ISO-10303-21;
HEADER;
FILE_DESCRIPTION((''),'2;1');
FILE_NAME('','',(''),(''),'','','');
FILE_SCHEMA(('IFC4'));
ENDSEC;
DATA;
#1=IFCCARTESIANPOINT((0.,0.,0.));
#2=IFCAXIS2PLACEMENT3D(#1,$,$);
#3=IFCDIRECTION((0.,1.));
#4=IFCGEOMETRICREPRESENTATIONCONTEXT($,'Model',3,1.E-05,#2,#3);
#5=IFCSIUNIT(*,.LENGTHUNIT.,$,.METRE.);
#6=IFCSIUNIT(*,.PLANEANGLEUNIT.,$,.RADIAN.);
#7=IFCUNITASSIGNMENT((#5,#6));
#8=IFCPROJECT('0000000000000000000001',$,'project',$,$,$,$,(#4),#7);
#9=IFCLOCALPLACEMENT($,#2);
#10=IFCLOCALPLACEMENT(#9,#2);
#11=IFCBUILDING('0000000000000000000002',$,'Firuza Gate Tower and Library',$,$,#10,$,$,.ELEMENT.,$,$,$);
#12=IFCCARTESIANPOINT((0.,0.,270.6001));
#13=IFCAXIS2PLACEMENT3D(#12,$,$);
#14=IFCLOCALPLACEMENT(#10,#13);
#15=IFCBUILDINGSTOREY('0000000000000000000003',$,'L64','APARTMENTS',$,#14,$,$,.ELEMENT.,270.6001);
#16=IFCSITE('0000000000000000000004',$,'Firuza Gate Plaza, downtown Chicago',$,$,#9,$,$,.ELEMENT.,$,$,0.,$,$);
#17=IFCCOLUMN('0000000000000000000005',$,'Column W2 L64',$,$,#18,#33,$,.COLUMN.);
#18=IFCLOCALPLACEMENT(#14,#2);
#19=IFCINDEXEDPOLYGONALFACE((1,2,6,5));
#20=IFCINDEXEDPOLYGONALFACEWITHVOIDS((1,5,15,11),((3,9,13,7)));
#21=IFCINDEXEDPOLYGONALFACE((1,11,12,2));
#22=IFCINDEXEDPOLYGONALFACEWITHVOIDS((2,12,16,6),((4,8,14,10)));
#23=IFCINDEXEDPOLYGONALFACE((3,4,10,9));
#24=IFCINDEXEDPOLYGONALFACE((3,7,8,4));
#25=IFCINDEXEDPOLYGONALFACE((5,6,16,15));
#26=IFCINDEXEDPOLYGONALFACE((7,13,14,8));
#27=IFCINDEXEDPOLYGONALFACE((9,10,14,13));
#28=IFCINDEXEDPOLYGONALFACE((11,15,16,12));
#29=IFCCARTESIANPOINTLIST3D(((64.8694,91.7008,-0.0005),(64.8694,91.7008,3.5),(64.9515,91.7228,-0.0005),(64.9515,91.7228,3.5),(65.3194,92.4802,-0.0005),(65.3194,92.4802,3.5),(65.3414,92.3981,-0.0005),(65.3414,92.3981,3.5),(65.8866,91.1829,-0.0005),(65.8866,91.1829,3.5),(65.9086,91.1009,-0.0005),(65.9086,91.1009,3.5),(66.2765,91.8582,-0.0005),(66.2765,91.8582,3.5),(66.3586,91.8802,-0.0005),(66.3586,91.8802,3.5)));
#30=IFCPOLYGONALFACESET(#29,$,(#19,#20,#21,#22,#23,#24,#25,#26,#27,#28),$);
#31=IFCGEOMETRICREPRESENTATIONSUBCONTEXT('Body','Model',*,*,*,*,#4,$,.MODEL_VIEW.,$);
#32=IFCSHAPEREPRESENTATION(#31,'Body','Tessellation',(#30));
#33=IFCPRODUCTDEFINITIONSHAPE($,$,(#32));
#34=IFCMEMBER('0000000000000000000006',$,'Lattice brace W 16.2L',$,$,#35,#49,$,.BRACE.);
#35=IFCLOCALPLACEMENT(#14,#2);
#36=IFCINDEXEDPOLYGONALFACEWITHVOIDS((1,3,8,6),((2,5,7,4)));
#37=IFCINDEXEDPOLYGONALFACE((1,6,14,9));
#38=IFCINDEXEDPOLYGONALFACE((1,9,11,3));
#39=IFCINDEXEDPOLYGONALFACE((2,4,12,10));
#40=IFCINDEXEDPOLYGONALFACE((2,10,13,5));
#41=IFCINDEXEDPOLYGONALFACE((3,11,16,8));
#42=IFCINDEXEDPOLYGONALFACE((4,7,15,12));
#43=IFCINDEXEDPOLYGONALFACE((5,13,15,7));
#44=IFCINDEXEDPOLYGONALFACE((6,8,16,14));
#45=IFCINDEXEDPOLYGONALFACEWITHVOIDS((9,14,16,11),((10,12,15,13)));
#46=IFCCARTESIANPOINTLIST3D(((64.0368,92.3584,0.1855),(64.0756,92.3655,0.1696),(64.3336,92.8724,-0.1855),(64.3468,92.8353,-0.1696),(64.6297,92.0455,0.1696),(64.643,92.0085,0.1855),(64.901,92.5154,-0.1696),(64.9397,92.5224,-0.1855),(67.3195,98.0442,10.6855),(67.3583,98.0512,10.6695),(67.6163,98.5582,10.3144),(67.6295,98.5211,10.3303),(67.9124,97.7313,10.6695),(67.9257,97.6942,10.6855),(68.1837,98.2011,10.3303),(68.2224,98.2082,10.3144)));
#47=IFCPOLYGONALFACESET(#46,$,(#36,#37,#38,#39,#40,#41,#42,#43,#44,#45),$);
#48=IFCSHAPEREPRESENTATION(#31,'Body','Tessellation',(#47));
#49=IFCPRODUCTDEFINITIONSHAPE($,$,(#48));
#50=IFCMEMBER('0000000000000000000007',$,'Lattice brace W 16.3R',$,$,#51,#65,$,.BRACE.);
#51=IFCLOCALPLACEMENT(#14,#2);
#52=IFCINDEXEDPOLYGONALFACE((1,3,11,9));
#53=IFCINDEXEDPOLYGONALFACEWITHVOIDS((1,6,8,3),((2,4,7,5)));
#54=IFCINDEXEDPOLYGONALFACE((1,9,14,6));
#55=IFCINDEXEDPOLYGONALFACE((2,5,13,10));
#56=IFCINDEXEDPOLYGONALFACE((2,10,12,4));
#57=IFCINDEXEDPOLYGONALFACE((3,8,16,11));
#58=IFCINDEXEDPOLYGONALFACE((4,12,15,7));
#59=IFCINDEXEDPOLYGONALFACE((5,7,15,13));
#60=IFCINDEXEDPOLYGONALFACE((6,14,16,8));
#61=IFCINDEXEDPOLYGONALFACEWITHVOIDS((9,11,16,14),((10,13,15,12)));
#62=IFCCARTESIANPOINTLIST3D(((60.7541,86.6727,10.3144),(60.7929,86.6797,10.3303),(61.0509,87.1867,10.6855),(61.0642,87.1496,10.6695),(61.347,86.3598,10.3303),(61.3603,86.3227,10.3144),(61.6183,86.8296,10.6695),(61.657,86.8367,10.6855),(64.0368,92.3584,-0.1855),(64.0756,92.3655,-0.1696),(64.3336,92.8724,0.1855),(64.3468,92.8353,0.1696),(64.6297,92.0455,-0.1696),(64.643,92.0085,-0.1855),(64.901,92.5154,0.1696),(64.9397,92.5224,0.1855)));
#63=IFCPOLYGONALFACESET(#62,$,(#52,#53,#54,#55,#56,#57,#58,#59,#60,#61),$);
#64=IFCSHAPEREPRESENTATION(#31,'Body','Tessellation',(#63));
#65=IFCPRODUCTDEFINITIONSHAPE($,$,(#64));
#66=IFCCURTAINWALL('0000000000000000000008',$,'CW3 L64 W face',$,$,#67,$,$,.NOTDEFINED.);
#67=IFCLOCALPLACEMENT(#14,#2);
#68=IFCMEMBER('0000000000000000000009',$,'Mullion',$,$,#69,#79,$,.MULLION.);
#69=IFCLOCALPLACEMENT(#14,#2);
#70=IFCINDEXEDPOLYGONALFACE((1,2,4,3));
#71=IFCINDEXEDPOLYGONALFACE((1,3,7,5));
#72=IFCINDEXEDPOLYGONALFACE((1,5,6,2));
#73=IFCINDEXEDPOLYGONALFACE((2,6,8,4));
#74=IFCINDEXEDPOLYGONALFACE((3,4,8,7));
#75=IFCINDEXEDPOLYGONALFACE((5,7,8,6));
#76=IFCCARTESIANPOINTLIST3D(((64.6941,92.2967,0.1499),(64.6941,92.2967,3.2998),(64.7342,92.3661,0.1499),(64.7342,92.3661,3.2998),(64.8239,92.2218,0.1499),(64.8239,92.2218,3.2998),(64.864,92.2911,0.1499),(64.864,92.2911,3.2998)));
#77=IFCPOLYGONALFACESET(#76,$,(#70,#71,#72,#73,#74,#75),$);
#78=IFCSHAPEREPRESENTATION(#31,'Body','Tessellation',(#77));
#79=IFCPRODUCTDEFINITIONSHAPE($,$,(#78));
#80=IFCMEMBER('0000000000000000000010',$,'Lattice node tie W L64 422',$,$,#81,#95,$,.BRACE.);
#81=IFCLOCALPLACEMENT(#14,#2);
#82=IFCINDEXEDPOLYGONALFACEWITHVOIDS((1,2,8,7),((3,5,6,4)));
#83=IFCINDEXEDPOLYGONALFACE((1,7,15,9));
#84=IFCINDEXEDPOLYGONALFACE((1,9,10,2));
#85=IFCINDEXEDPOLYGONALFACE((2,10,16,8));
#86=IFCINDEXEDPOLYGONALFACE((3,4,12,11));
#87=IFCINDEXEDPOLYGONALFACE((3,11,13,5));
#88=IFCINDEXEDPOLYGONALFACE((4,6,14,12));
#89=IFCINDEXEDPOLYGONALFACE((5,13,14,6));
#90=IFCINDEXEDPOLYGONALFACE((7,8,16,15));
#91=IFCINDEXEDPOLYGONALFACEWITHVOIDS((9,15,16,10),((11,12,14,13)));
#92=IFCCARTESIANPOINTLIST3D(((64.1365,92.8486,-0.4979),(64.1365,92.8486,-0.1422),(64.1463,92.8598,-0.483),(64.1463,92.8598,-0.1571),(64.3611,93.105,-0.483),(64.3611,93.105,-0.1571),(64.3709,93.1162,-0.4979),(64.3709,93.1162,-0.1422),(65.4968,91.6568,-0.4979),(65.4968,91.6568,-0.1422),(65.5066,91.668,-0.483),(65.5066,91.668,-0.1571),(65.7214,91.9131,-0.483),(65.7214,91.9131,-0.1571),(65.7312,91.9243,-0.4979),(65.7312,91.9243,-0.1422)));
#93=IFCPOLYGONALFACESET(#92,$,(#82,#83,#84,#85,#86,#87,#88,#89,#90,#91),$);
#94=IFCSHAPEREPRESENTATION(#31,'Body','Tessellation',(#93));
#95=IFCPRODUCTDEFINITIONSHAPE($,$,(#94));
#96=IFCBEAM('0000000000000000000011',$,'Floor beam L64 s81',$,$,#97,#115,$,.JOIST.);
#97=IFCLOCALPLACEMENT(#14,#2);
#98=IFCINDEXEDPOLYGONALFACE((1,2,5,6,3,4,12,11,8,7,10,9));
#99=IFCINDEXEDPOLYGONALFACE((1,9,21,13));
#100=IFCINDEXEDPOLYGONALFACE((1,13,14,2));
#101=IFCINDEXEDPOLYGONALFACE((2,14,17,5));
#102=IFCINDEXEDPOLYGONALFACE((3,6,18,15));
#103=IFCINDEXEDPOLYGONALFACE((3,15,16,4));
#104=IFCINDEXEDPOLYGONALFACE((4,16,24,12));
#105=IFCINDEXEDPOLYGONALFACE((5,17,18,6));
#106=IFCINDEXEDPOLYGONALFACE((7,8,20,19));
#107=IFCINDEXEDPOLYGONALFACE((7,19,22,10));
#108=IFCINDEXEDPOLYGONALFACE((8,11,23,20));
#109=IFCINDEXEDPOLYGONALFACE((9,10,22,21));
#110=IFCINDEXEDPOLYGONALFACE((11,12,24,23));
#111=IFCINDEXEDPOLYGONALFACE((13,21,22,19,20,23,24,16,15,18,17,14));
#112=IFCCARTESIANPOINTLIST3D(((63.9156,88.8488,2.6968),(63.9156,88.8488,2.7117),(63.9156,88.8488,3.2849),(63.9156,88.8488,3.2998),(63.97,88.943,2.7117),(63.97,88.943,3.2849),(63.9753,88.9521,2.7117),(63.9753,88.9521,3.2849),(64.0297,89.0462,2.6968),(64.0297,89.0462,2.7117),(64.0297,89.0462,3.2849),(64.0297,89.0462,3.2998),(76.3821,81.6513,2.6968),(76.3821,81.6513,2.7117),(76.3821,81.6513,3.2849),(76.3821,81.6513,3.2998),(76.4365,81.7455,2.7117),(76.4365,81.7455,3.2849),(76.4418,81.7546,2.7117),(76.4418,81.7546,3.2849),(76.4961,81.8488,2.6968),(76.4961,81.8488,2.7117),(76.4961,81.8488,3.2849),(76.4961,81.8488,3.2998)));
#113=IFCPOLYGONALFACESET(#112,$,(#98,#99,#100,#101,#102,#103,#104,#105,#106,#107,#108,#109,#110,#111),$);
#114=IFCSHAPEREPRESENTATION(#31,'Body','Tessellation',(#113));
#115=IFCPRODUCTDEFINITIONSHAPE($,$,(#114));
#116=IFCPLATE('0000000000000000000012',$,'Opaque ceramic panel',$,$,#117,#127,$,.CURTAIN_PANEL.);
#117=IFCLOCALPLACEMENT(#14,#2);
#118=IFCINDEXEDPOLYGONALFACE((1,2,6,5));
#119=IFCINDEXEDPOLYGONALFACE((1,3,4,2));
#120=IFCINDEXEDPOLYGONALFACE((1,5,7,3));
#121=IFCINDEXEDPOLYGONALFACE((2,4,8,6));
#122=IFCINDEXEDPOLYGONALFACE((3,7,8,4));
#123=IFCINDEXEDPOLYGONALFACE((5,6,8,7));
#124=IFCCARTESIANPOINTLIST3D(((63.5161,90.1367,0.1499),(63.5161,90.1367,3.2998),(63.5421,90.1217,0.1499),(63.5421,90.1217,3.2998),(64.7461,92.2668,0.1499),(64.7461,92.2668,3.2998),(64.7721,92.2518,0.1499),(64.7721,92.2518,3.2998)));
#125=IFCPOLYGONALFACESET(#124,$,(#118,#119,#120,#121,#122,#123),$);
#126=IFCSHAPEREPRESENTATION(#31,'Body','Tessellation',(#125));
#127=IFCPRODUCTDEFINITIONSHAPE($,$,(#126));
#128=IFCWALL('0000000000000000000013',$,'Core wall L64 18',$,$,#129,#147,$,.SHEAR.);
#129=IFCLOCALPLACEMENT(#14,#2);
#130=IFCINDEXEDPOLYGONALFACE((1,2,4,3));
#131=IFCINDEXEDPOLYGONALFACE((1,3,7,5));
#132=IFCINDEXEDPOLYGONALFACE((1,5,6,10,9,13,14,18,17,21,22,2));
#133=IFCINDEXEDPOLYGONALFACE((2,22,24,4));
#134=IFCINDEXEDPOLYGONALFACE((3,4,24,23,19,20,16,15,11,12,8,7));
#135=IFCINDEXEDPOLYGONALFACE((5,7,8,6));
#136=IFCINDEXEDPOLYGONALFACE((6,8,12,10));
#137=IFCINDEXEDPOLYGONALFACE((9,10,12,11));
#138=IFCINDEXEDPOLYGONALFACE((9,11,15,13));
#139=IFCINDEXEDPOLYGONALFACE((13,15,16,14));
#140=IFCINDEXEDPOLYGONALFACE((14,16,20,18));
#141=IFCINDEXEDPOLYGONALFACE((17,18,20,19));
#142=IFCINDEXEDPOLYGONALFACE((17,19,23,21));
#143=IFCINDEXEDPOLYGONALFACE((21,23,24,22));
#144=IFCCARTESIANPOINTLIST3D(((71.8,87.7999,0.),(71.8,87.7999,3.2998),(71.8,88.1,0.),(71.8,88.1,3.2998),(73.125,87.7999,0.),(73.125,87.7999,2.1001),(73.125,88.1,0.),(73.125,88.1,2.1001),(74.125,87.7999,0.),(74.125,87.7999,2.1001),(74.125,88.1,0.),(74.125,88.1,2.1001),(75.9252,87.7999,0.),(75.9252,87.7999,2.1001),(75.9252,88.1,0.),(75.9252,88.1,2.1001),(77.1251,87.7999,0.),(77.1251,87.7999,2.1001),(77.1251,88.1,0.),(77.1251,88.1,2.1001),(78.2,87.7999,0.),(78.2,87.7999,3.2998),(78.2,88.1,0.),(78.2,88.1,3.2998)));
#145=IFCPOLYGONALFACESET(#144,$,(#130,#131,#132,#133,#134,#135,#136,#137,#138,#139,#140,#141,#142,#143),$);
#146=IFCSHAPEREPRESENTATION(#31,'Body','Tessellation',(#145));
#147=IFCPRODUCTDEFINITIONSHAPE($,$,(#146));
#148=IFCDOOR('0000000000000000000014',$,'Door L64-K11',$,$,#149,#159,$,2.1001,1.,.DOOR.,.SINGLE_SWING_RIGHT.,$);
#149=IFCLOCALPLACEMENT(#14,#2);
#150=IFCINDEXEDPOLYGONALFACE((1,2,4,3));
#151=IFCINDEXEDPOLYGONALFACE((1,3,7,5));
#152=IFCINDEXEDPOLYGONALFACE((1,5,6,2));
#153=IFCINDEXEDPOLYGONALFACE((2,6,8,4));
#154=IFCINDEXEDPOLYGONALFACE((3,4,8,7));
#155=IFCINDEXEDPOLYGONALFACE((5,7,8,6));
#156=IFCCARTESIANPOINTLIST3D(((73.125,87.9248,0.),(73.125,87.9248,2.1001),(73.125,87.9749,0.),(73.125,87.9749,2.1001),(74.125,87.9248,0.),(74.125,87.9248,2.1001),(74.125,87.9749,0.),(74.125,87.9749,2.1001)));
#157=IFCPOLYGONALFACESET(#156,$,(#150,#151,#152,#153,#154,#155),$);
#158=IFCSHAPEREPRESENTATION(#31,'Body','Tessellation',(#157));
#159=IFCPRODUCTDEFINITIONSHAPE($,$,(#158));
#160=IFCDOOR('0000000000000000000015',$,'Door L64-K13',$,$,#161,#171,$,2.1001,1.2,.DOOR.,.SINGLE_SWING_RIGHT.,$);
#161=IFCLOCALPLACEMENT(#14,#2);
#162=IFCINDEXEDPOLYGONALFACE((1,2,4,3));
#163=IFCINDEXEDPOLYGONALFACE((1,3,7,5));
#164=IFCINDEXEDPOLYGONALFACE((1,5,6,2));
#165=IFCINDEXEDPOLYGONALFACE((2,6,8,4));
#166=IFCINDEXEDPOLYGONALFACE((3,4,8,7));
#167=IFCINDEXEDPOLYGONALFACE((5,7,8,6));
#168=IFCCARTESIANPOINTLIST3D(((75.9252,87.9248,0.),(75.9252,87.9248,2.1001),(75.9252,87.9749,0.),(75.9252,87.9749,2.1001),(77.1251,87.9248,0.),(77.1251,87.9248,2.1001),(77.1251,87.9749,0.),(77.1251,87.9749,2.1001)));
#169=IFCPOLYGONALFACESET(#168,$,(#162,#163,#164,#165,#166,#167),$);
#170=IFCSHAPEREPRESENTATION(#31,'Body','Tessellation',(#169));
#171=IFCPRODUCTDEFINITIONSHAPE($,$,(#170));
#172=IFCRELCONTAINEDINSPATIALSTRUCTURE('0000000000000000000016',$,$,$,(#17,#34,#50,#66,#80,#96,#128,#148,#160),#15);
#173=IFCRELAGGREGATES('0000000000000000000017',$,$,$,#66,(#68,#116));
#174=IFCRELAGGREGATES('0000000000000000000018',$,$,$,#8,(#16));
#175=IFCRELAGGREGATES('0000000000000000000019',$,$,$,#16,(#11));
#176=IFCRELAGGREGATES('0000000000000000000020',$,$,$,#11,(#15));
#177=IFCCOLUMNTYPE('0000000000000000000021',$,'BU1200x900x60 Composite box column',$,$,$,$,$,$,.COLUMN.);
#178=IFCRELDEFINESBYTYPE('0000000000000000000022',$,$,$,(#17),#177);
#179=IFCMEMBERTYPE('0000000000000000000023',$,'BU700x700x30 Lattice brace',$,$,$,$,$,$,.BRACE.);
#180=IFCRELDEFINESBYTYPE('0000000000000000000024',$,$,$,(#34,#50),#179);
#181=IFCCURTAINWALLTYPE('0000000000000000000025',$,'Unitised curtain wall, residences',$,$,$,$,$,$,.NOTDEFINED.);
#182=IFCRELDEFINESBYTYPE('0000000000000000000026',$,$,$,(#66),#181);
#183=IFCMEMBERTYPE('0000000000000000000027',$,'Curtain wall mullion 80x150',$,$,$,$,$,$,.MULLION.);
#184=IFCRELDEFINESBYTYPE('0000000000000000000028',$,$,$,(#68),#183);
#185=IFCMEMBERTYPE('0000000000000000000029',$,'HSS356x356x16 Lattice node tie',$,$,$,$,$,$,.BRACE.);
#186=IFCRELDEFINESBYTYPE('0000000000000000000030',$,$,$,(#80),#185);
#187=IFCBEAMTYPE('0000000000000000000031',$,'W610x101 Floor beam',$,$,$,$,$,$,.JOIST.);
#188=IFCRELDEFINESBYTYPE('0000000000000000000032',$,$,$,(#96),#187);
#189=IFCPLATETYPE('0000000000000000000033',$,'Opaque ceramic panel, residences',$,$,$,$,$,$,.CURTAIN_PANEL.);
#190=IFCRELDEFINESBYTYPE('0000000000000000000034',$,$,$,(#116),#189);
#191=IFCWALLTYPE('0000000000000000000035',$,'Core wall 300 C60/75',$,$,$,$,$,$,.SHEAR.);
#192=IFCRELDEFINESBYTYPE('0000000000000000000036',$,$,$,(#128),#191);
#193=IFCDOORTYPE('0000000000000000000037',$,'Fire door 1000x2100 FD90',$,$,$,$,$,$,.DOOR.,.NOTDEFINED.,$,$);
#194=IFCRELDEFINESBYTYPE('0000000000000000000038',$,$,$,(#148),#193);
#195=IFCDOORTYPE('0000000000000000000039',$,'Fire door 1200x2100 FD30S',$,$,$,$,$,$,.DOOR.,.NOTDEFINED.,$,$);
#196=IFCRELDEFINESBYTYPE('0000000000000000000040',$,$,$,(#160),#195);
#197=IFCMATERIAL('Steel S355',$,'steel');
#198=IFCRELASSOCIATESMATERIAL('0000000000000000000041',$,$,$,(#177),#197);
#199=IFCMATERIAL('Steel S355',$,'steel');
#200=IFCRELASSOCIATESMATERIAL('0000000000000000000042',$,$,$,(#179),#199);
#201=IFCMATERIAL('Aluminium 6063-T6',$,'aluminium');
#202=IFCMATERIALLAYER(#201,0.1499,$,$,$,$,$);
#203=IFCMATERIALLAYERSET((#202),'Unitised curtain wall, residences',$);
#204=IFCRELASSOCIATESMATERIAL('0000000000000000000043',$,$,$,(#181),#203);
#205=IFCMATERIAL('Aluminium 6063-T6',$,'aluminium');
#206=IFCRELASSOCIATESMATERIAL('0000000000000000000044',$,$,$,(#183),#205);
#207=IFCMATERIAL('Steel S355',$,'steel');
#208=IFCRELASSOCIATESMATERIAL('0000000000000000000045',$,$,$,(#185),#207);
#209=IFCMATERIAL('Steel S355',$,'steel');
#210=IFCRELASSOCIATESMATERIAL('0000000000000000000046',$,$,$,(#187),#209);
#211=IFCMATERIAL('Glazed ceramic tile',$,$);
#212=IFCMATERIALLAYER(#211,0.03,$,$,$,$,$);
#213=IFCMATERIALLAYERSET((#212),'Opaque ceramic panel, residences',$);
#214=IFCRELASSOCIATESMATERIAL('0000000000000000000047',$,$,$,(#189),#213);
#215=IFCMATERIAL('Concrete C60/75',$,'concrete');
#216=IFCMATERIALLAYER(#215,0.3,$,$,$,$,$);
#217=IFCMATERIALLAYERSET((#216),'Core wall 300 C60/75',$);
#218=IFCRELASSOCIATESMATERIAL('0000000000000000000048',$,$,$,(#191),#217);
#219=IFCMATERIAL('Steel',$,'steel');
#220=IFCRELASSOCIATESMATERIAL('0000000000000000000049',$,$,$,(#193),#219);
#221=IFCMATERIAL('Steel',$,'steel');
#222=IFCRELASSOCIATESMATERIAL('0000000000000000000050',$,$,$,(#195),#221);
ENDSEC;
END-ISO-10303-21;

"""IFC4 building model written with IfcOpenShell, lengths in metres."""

from ifc_helpers import new_model, si_unit, direction, frame, frame_2d, origin, origin_2d, place, context, subcontext, project, spatial, polyline, rectangle, hollow_rectangle, i_section, outline, extrude, material, layer, layer_set, material_profile, profile_set, type_object, element, fill, aggregate, save


model = new_model("IFC4")

# Units and contexts
model_context = context("Model", 3, precision=1e-05, world=origin(), true_north=direction((0.0, 1.0)))
body_context = subcontext(model_context, "Body", "Model", "MODEL_VIEW")
ifc_project = project(units=[si_unit("LENGTHUNIT", "METRE"), si_unit("PLANEANGLEUNIT", "RADIAN")], contexts=[model_context])

# Site, building, storey
site_placement = place(None, origin())
site = spatial("IfcSite", under=ifc_project, at=site_placement, Name="Firuza Gate Plaza, downtown Chicago", CompositionType="ELEMENT", RefElevation=0.0)
building_placement = place(site_placement, origin())
building = spatial("IfcBuilding", under=site, at=building_placement, Name="Firuza Gate Tower and Library", CompositionType="ELEMENT")
storey_placement = place(building_placement, frame((0.0, 0.0, 270.6001)))
storey = spatial("IfcBuildingStorey", under=building, at=storey_placement, Name="L64", Description="APARTMENTS", CompositionType="ELEMENT", Elevation=270.6001)

# Column
ifc_material_1 = material(Name="Steel S355", Category="steel")
ifc_material_profile_1 = material_profile(ifc_material_1, hollow_rectangle(XDim=0.8999, YDim=1.2, WallThickness=0.0601, at=origin_2d()))
ifc_profile_set_1 = profile_set([ifc_material_profile_1], Name="Steel S355")
column_type = type_object("IfcColumnType", Name="BU1200x900x60 Composite box column", PredefinedType="COLUMN", material=ifc_profile_set_1)
column_placement = place(storey_placement, frame((65.614, 91.7905, -0.0005), z_axis=(0.0, 0.0, 1.0), x_axis=(-0.5, -0.866025, 0.0)))
element("IfcColumn", 1, at=column_placement, inside=storey, type_object=column_type, Name="Column W2 L64", PredefinedType="COLUMN", context=body_context, shape_type="SweptSolid", body=[
    extrude(hollow_rectangle(XDim=0.8999, YDim=1.2, WallThickness=0.0601, at=origin_2d()), origin(), (0.0, 0.0, 1.0), 3.5005),
])

# Members
ifc_material_2 = material(Name="Steel S355", Category="steel")
ifc_material_profile_2 = material_profile(ifc_material_2, hollow_rectangle(XDim=0.7, YDim=0.7, WallThickness=0.03, at=origin_2d()))
ifc_profile_set_2 = profile_set([ifc_material_profile_2], Name="Steel S355")
member_type_1 = type_object("IfcMemberType", Name="BU700x700x30 Lattice brace", PredefinedType="BRACE", material=ifc_profile_set_2)
for number, where, z_axis, x_axis, name in (
    (2, (64.4883, 92.4404, 0.0), (0.265085, 0.459137, 0.847893), (-0.866024, 0.500002, 0.0), "Lattice brace W 16.2L"),
    (3, (64.4883, 92.4404, 0.0), (-0.265085, -0.459137, 0.847893), (0.866024, -0.500002, 0.0), "Lattice brace W 16.3R"),
):
    element("IfcMember", number, at=place(storey_placement, frame(where, z_axis=z_axis, x_axis=x_axis)), inside=storey, type_object=member_type_1, Name=name, PredefinedType="BRACE", context=body_context, shape_type="SweptSolid", body=[
        extrude(hollow_rectangle(XDim=0.7, YDim=0.7, WallThickness=0.03, at=origin_2d()), origin(), (0.0, 0.0, 1.0), 12.3835),
    ])

# Curtain wall, member
ifc_material_3 = material(Name="Aluminium 6063-T6", Category="aluminium")
ifc_layer_1 = layer(ifc_material_3, 0.1499)
ifc_layer_set_1 = layer_set([ifc_layer_1], Name="Unitised curtain wall, residences")
curtain_wall_type = type_object("IfcCurtainWallType", Name="Unitised curtain wall, residences", PredefinedType="NOTDEFINED", material=ifc_layer_set_1)
placement = place(storey_placement, origin())
curtain_wall = element("IfcCurtainWall", 4, at=placement, inside=storey, type_object=curtain_wall_type, Name="CW3 L64 W face", PredefinedType="NOTDEFINED")
ifc_material_4 = material(Name="Aluminium 6063-T6", Category="aluminium")
ifc_material_profile_3 = material_profile(ifc_material_4, rectangle(XDim=0.1499, YDim=0.0801, at=origin_2d()))
ifc_profile_set_3 = profile_set([ifc_material_profile_3], Name="Aluminium 6063-T6")
member_type_2 = type_object("IfcMemberType", Name="Curtain wall mullion 80x150", PredefinedType="MULLION", material=ifc_profile_set_3)
member_1_placement = place(storey_placement, frame((64.7791, 92.2939, 0.1499), z_axis=(0.0, 0.0, 1.0), x_axis=(0.866025, -0.5, 0.0)))
member_1 = element("IfcMember", 5, at=member_1_placement, type_object=member_type_2, Name="Mullion", PredefinedType="MULLION", context=body_context, shape_type="SweptSolid", body=[
    extrude(rectangle(XDim=0.1499, YDim=0.0801, at=origin_2d()), origin(), (0.0, 0.0, 1.0), 3.1499),
])

# Member
ifc_material_5 = material(Name="Steel S355", Category="steel")
ifc_material_profile_4 = material_profile(ifc_material_5, hollow_rectangle(XDim=0.3557, YDim=0.3557, WallThickness=0.0149, at=origin_2d()))
ifc_profile_set_4 = profile_set([ifc_material_profile_4], Name="Steel S355")
member_type_3 = type_object("IfcMemberType", Name="HSS356x356x16 Lattice node tie", PredefinedType="BRACE", material=ifc_profile_set_4)
member_2_placement = place(storey_placement, frame((65.614, 91.7905, -0.3201), z_axis=(-0.752142, 0.659001, 0.0), x_axis=(-0.659001, -0.752142, 0.0)))
element("IfcMember", 6, at=member_2_placement, inside=storey, type_object=member_type_3, Name="Lattice node tie W L64 422", PredefinedType="BRACE", context=body_context, shape_type="SweptSolid", body=[
    extrude(hollow_rectangle(XDim=0.3557, YDim=0.3557, WallThickness=0.0149, at=origin_2d()), origin(), (0.0, 0.0, 1.0), 1.8086),
])

# Beam
ifc_material_6 = material(Name="Steel S355", Category="steel")
ifc_material_profile_5 = material_profile(ifc_material_6, i_section(OverallWidth=0.228, OverallDepth=0.603, WebThickness=0.0105, FlangeThickness=0.0149, at=origin_2d()))
ifc_profile_set_5 = profile_set([ifc_material_profile_5], Name="Steel S355")
beam_type = type_object("IfcBeamType", Name="W610x101 Floor beam", PredefinedType="JOIST", material=ifc_profile_set_5)
beam_placement = place(storey_placement, frame((63.9727, 88.9475, 2.9983), z_axis=(0.866027, -0.499997, 0.0), x_axis=(0.499997, 0.866027, 0.0)))
element("IfcBeam", 7, at=beam_placement, inside=storey, type_object=beam_type, Name="Floor beam L64 s81", PredefinedType="JOIST", context=body_context, shape_type="SweptSolid", body=[
    extrude(i_section(OverallWidth=0.228, OverallDepth=0.603, WebThickness=0.0105, FlangeThickness=0.0149, at=origin_2d()), origin(), (0.0, 0.0, 1.0), 14.395),
])

# Plate
ifc_material_7 = material(Name="Glazed ceramic tile")
ifc_layer_2 = layer(ifc_material_7, 0.03)
ifc_layer_set_2 = layer_set([ifc_layer_2], Name="Opaque ceramic panel, residences")
plate_type = type_object("IfcPlateType", Name="Opaque ceramic panel, residences", PredefinedType="CURTAIN_PANEL", material=ifc_layer_set_2)
plate_placement = place(storey_placement, frame((64.7461, 92.2668, 0.1499), z_axis=(-0.865999, 0.500046, 0.0), x_axis=(-0.500046, -0.865999, 0.0)))
plate = element("IfcPlate", 8, at=plate_placement, type_object=plate_type, Name="Opaque ceramic panel", PredefinedType="CURTAIN_PANEL", context=body_context, shape_type="SweptSolid", body=[
    extrude(outline(polyline([(0.0, 0.0), (2.4597, 0.0), (2.4597, 3.1499), (0.0, 3.1499), (0.0, 0.0)])), origin(), (0.0, 0.0, -1.0), 0.03),
])
aggregate(curtain_wall, [member_1, plate])

# Wall, openings, doors
ifc_material_8 = material(Name="Concrete C60/75", Category="concrete")
ifc_layer_3 = layer(ifc_material_8, 0.3)
ifc_layer_set_3 = layer_set([ifc_layer_3], Name="Core wall 300 C60/75")
wall_type_1 = type_object("IfcWallType", Name="Core wall 300 C60/75", PredefinedType="SHEAR", material=ifc_layer_set_3)
wall_1_placement = place(storey_placement, frame((71.8, 87.95, 0.0), z_axis=(0.0, 0.0, 1.0), x_axis=(1.0, 0.0, 0.0)))
wall_1 = element("IfcWall", 9, at=wall_1_placement, inside=storey, type_object=wall_type_1, Name="Core wall L64 18", PredefinedType="SHEAR", context=body_context, shape_type="SweptSolid", body=[
    extrude(rectangle(XDim=6.3999, YDim=0.3, at=frame_2d((3.2, 0.0))), origin(), (0.0, 0.0, 1.0), 3.2998),
])
opening_1_placement = place(wall_1_placement, frame((1.325, 0.0, 0.0)))
opening_1 = element("IfcOpeningElement", 10, at=opening_1_placement, cuts=wall_1, PredefinedType="OPENING", context=body_context, shape_type="SweptSolid", body=[
    extrude(rectangle(XDim=1.0, YDim=2.1001, at=frame_2d((0.5, 1.05))), frame((0.0, 0.1602, 0.0), z_axis=(0.0, -1.0, 0.0), x_axis=(1.0, 0.0, 0.0)), (0.0, 0.0, 1.0), 0.3201),
])
opening_2_placement = place(wall_1_placement, frame((4.125, 0.0, 0.0)))
opening_2 = element("IfcOpeningElement", 11, at=opening_2_placement, cuts=wall_1, PredefinedType="OPENING", context=body_context, shape_type="SweptSolid", body=[
    extrude(rectangle(XDim=1.2, YDim=2.1001, at=frame_2d((0.6001, 1.05))), frame((0.0, 0.1602, 0.0), z_axis=(0.0, -1.0, 0.0), x_axis=(1.0, 0.0, 0.0)), (0.0, 0.0, 1.0), 0.3201),
])
ifc_material_9 = material(Name="Steel", Category="steel")
door_type_1 = type_object("IfcDoorType", Name="Fire door 1000x2100 FD90", OperationType="NOTDEFINED", PredefinedType="DOOR", material=ifc_material_9)
door_1_placement = place(opening_1_placement, origin())
door_1 = element("IfcDoor", 12, at=door_1_placement, inside=storey, type_object=door_type_1, Name="Door L64-K11", OperationType="SINGLE_SWING_RIGHT", OverallHeight=2.1001, OverallWidth=1.0, PredefinedType="DOOR", context=body_context, shape_type="SweptSolid", body=[
    extrude(rectangle(XDim=1.0, YDim=2.1001, at=frame_2d((0.5, 1.05))), frame((0.0, 0.0249, 0.0), z_axis=(0.0, -1.0, 0.0), x_axis=(1.0, 0.0, 0.0)), (0.0, 0.0, 1.0), 0.05),
])
fill(opening_1, door_1)
ifc_material_10 = material(Name="Steel", Category="steel")
door_type_2 = type_object("IfcDoorType", Name="Fire door 1200x2100 FD30S", OperationType="NOTDEFINED", PredefinedType="DOOR", material=ifc_material_10)
door_2_placement = place(opening_2_placement, origin())
door_2 = element("IfcDoor", 13, at=door_2_placement, inside=storey, type_object=door_type_2, Name="Door L64-K13", OperationType="SINGLE_SWING_RIGHT", OverallHeight=2.1001, OverallWidth=1.2, PredefinedType="DOOR", context=body_context, shape_type="SweptSolid", body=[
    extrude(rectangle(XDim=1.2, YDim=2.1001, at=frame_2d((0.6001, 1.05))), frame((0.0, 0.0249, 0.0), z_axis=(0.0, -1.0, 0.0), x_axis=(1.0, 0.0, 0.0)), (0.0, 0.0, 1.0), 0.05),
])
fill(opening_2, door_2)

save(model, "model.ifc")
